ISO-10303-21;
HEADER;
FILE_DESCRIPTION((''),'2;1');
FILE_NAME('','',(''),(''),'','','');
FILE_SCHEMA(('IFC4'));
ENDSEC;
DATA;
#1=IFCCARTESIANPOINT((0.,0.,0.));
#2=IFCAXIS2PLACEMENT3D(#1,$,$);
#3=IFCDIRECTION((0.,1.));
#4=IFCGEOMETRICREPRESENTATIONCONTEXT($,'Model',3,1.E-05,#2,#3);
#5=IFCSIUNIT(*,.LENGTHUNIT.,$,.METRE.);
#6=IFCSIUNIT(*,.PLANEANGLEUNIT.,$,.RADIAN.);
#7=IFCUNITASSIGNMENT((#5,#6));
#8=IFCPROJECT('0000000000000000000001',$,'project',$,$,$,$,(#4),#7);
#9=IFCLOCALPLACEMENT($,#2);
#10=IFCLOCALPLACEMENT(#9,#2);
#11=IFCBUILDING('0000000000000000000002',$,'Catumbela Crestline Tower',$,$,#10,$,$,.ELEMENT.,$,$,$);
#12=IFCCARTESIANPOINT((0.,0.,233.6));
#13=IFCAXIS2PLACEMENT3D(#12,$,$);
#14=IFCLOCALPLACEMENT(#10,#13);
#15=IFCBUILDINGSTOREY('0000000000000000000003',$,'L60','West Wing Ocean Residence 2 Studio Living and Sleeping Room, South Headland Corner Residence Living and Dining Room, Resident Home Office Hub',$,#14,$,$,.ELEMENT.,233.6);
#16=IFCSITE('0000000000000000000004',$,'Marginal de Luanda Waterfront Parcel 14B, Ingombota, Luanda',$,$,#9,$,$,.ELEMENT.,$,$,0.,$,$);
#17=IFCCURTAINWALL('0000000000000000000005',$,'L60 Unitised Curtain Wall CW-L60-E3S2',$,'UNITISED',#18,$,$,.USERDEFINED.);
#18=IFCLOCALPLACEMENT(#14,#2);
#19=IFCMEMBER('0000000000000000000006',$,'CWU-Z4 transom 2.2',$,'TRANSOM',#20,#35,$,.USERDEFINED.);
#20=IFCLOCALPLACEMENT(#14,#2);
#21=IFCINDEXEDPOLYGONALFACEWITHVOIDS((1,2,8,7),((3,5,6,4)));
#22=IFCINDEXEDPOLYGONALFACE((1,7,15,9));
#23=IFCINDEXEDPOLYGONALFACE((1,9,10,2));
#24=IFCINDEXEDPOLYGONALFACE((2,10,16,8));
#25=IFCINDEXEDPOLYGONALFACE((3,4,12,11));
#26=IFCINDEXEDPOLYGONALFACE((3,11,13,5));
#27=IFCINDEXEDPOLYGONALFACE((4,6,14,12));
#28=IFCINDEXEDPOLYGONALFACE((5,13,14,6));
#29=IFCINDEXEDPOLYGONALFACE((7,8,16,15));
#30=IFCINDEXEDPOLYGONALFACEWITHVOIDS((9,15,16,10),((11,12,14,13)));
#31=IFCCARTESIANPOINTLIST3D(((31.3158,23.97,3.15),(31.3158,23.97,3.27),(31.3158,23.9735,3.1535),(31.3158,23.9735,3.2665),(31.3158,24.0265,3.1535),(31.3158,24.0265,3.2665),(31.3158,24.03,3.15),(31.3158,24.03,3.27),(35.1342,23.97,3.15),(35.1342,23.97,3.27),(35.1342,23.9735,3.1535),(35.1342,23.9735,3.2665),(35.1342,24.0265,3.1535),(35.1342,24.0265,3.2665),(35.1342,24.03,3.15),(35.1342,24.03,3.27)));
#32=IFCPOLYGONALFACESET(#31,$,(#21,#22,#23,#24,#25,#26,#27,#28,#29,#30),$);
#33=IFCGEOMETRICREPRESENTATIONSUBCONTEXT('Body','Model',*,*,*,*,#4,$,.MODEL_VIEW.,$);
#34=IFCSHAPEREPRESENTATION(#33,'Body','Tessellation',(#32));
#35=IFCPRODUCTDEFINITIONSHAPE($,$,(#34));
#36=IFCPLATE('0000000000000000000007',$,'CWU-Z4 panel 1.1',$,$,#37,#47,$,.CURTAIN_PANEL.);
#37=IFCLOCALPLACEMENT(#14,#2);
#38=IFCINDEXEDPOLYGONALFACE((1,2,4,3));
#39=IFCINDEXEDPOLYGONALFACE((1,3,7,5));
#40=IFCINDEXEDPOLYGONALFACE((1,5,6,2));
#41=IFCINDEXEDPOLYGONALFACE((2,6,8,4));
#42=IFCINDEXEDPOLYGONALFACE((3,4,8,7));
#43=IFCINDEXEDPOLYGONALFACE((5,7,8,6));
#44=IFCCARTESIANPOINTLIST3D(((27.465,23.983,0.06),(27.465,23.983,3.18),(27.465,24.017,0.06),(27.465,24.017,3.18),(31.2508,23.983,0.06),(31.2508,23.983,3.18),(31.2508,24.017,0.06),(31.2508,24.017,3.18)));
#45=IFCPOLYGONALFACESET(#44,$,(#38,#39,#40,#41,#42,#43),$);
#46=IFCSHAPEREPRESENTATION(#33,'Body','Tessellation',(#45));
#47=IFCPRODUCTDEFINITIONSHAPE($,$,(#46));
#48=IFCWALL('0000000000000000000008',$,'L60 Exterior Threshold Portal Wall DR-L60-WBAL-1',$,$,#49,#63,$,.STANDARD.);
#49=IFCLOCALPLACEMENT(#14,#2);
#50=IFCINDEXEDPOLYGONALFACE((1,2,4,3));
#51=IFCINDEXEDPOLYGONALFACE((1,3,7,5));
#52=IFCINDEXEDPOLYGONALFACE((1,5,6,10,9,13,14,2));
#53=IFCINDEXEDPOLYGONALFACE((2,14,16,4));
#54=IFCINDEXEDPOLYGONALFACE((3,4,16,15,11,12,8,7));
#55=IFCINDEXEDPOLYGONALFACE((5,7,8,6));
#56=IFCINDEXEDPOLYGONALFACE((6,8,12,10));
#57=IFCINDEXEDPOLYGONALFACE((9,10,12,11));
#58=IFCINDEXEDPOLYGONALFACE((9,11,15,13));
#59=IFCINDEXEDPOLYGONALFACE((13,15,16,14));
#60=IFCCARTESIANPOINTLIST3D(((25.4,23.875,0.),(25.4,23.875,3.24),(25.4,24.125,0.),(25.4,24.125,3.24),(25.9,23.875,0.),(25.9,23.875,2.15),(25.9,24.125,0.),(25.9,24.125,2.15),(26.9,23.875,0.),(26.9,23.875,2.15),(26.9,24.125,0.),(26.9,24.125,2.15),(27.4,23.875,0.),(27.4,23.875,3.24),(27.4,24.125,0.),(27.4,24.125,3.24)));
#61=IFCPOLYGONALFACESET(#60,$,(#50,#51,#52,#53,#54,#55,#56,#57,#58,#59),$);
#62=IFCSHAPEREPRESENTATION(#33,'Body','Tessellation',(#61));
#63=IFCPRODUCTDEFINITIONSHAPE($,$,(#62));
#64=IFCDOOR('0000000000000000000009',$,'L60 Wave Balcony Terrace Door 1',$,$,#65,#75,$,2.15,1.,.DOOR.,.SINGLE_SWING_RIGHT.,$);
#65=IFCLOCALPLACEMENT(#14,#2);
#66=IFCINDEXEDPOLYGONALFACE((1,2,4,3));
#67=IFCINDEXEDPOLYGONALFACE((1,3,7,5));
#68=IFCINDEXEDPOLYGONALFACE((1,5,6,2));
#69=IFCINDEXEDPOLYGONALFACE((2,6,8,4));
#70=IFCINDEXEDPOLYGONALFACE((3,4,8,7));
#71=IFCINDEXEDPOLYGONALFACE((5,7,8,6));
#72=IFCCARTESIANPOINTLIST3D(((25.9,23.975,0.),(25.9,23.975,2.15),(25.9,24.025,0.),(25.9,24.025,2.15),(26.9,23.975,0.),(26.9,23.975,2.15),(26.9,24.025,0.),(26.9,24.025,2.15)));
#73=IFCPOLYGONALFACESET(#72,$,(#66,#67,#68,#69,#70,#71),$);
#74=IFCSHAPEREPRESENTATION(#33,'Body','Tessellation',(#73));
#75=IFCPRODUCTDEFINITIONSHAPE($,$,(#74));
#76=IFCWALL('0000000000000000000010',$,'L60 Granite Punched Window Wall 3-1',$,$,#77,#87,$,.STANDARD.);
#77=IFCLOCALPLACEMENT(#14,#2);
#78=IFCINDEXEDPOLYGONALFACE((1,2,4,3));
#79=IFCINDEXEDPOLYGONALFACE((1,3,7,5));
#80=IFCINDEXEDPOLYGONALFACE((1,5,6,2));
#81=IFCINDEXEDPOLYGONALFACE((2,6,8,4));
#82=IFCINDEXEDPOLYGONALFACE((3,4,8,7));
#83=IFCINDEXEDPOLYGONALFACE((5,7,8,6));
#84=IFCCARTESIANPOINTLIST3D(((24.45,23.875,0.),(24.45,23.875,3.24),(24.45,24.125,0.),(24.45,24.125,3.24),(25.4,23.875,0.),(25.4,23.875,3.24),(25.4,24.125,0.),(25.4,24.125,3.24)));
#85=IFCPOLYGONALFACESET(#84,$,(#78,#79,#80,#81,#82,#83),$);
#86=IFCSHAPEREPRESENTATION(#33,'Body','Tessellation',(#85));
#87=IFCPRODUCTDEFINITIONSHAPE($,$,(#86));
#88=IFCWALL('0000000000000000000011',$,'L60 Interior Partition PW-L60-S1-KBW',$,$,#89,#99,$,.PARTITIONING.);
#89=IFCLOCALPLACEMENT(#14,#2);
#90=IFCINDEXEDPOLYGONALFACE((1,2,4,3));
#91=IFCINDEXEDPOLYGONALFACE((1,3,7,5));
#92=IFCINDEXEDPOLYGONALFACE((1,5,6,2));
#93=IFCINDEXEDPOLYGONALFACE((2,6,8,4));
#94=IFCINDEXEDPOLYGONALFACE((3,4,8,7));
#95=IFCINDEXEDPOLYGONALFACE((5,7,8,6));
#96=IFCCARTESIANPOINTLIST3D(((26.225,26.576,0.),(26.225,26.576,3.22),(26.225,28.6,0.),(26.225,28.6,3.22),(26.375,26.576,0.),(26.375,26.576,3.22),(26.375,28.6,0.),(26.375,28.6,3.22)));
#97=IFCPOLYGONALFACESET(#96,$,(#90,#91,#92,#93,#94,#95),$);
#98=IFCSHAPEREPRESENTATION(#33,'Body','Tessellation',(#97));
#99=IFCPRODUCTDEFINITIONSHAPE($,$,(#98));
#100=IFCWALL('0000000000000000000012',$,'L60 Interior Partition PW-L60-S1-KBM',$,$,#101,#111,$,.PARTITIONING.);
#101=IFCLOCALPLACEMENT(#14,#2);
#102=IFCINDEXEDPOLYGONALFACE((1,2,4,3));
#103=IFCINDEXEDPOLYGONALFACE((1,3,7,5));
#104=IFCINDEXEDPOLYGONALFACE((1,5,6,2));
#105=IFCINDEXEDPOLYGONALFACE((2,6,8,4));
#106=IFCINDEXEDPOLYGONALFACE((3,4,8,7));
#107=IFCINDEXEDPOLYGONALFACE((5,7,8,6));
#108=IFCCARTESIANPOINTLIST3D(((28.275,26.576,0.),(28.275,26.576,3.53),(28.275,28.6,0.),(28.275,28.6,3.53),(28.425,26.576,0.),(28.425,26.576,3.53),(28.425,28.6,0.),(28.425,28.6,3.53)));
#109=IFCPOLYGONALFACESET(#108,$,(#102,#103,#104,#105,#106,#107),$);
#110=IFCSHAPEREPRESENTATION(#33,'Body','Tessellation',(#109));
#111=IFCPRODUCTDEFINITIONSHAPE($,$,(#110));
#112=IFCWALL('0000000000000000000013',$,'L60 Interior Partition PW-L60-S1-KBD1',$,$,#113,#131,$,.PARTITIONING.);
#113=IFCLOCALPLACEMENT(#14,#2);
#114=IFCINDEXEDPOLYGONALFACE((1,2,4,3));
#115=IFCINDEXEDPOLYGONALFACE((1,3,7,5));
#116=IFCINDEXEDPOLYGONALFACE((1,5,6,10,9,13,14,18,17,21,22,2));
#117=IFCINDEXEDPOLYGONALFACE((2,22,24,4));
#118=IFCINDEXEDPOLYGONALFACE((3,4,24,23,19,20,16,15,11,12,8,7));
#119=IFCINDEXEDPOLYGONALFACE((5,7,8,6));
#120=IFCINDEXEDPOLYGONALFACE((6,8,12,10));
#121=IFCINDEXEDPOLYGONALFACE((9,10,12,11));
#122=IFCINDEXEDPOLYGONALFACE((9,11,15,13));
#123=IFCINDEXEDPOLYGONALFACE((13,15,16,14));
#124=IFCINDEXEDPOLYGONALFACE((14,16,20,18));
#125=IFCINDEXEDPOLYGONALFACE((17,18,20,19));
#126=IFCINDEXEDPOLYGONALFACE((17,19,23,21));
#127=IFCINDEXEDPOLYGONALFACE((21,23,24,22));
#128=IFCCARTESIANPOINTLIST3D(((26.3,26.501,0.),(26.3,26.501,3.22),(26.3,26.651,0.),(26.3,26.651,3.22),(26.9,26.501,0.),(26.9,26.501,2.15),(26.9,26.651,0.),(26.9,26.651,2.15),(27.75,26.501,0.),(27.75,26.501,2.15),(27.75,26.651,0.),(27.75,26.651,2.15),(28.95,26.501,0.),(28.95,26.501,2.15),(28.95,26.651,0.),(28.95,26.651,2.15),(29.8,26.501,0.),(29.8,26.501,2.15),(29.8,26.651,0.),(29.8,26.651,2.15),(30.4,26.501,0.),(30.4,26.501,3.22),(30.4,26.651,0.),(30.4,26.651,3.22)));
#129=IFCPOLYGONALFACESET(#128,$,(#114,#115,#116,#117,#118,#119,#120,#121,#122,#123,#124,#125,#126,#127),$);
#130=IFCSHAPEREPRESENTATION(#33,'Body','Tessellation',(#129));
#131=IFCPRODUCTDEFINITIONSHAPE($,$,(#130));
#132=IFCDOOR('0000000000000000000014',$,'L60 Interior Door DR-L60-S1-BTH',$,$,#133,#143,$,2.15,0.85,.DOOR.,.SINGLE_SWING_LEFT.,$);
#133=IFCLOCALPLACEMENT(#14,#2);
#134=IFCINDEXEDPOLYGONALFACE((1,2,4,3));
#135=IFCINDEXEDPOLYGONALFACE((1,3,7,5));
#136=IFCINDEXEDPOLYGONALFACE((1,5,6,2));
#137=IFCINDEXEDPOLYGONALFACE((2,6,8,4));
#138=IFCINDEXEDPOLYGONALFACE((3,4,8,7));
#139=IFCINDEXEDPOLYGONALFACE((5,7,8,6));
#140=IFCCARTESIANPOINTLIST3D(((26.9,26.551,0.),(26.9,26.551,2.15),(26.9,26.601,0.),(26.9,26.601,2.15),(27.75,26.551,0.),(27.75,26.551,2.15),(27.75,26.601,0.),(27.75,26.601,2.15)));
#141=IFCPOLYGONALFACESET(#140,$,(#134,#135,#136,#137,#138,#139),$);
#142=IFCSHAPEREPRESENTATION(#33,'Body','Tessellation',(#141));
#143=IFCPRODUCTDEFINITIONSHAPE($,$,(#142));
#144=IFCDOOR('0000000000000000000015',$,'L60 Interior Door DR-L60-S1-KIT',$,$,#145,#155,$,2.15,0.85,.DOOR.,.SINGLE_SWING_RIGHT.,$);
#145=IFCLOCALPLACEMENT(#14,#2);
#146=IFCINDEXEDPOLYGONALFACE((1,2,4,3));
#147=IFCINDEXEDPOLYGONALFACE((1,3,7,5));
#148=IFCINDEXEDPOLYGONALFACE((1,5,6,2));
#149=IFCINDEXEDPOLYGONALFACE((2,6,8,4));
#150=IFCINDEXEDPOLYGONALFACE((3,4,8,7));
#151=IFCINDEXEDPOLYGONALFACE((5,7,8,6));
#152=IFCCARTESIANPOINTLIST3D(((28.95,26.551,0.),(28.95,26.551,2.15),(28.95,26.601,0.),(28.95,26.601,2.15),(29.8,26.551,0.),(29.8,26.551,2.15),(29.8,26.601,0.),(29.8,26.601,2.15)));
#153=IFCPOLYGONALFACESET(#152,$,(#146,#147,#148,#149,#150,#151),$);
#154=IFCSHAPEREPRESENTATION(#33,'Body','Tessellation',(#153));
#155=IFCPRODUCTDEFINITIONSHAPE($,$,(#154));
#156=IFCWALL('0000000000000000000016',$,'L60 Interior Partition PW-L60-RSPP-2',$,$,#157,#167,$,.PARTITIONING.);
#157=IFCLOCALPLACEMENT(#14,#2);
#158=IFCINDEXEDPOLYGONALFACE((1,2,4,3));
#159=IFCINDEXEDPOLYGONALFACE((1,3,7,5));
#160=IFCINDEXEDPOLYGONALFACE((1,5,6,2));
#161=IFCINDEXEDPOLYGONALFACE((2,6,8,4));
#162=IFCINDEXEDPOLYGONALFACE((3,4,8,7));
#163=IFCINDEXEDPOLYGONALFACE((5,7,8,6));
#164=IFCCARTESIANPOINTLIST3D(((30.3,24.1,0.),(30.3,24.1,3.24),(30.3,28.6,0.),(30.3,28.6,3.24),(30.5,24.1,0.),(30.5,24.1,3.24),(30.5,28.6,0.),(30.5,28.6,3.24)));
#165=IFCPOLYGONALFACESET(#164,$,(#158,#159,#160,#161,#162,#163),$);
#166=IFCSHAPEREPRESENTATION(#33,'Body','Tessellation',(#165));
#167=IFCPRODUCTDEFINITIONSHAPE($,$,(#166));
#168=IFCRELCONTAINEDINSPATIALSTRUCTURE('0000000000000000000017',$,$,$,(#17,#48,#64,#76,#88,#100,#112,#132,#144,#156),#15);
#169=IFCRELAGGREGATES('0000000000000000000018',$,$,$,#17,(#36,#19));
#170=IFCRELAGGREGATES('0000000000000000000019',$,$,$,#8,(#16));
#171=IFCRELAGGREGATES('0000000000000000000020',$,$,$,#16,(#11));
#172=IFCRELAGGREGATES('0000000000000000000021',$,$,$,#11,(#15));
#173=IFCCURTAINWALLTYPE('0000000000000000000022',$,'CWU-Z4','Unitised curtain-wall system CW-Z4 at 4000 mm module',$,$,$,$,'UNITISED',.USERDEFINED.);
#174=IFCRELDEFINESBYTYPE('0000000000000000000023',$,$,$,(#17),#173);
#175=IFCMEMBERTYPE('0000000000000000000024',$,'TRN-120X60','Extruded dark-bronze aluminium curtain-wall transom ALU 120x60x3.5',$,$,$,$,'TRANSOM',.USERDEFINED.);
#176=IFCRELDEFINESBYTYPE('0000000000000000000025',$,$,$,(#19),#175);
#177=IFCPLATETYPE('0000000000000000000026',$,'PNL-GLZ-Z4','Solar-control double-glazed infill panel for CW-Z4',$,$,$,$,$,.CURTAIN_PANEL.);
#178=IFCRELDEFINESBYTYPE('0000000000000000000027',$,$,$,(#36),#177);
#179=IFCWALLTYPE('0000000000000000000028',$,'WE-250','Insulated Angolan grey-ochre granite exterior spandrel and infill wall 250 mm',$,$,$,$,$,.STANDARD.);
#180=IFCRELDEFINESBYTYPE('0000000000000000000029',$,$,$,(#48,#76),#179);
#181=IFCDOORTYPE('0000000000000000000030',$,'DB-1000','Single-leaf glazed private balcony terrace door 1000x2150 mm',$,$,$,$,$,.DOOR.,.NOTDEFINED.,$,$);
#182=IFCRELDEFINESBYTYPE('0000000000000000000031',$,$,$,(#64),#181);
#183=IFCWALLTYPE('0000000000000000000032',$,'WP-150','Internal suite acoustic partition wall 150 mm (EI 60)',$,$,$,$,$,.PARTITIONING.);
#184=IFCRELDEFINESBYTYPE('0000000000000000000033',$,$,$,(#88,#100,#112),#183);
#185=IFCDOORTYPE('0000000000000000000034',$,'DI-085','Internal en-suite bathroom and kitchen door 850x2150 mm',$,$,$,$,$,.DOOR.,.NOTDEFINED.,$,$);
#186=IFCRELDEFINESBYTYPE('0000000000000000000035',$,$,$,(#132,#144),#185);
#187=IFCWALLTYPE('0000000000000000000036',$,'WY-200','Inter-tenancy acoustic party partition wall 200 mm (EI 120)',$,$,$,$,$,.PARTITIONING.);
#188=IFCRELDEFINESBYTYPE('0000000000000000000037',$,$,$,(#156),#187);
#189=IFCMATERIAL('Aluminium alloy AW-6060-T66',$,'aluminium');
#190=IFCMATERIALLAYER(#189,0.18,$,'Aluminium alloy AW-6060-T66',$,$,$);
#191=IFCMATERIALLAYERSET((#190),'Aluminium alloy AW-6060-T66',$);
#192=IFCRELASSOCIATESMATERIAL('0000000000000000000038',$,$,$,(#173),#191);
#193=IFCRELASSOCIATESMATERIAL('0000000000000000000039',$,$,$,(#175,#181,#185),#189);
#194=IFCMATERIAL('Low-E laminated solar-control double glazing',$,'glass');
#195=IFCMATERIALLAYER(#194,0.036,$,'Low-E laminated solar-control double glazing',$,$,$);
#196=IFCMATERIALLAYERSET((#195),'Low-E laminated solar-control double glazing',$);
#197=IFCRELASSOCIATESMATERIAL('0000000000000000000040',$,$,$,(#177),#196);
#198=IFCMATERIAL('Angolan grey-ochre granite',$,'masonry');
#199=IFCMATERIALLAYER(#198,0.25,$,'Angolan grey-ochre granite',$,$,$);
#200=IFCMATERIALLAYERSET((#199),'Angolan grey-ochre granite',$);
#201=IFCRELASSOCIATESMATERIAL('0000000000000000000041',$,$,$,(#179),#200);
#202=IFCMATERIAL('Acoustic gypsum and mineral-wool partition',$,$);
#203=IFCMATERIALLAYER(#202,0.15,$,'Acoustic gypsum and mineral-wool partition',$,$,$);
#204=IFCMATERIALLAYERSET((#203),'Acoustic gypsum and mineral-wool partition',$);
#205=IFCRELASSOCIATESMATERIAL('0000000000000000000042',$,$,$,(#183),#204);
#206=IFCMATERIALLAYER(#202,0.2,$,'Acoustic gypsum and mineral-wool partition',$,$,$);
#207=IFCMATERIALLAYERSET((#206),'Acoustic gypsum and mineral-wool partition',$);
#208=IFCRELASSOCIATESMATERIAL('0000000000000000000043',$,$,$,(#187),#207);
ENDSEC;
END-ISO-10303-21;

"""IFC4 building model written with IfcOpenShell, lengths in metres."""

from ifc_helpers import new_model, si_unit, direction, frame, frame_2d, origin, origin_2d, place, context, subcontext, project, spatial, rectangle, hollow_rectangle, extrude, material, layer, layer_set, material_profile, profile_set, type_object, element, fill, aggregate, save


model = new_model("IFC4")

# Units and contexts
model_context = context("Model", 3, precision=1e-05, world=origin(), true_north=direction((0.0, 1.0)))
body_context = subcontext(model_context, "Body", "Model", "MODEL_VIEW")
ifc_project = project(units=[si_unit("LENGTHUNIT", "METRE"), si_unit("PLANEANGLEUNIT", "RADIAN")], contexts=[model_context])

# Site, building, storey
site_placement = place(None, origin())
site = spatial("IfcSite", under=ifc_project, at=site_placement, Name="Marginal de Luanda Waterfront Parcel 14B, Ingombota, Luanda", CompositionType="ELEMENT", RefElevation=0.0)
building_placement = place(site_placement, origin())
building = spatial("IfcBuilding", under=site, at=building_placement, Name="Catumbela Crestline Tower", CompositionType="ELEMENT")
storey_placement = place(building_placement, frame((0.0, 0.0, 233.6)))
storey = spatial("IfcBuildingStorey", under=building, at=storey_placement, Name="L60", Description="West Wing Ocean Residence 2 Studio Living and Sleeping Room, South Headland Corner Residence Living and Dining Room, Resident Home Office Hub", CompositionType="ELEMENT", Elevation=233.6)

# Curtain wall, member, plate
ifc_material_1 = material(Name="Aluminium alloy AW-6060-T66", Category="aluminium")
ifc_layer_1 = layer(ifc_material_1, 0.18, Name="Aluminium alloy AW-6060-T66")
ifc_layer_set_1 = layer_set([ifc_layer_1], Name="Aluminium alloy AW-6060-T66")
curtain_wall_type = type_object("IfcCurtainWallType", Name="CWU-Z4", Description="Unitised curtain-wall system CW-Z4 at 4000 mm module", ElementType="UNITISED", PredefinedType="USERDEFINED", material=ifc_layer_set_1)
curtain_wall_placement = place(storey_placement, origin())
curtain_wall = element("IfcCurtainWall", 1, at=curtain_wall_placement, inside=storey, type_object=curtain_wall_type, Name="L60 Unitised Curtain Wall CW-L60-E3S2", ObjectType="UNITISED", PredefinedType="USERDEFINED")
ifc_material_profile_1 = material_profile(ifc_material_1, hollow_rectangle(XDim=0.06, YDim=0.12, WallThickness=0.0035, at=origin_2d()), Name="ALU 120x60x3.5")
ifc_profile_set_1 = profile_set([ifc_material_profile_1], Name="Aluminium alloy AW-6060-T66")
member_type_1 = type_object("IfcMemberType", Name="TRN-120X60", Description="Extruded dark-bronze aluminium curtain-wall transom ALU 120x60x3.5", ElementType="TRANSOM", PredefinedType="USERDEFINED", material=ifc_profile_set_1)
member_1_placement = place(storey_placement, frame((31.3158, 24.0, 3.21), z_axis=(1.0, 0.0, 0.0), x_axis=(0.0, 1.0, 0.0)))
member_1 = element("IfcMember", 2, at=member_1_placement, type_object=member_type_1, Name="CWU-Z4 transom 2.2", ObjectType="TRANSOM", PredefinedType="USERDEFINED", context=body_context, shape_type="SweptSolid", body=[
    extrude(hollow_rectangle(XDim=0.06, YDim=0.12, WallThickness=0.0035, at=origin_2d()), origin(), (0.0, 0.0, 1.0), 3.8184),
])
ifc_material_2 = material(Name="Low-E laminated solar-control double glazing", Category="glass")
ifc_layer_2 = layer(ifc_material_2, 0.036, Name="Low-E laminated solar-control double glazing")
ifc_layer_set_2 = layer_set([ifc_layer_2], Name="Low-E laminated solar-control double glazing")
plate_type = type_object("IfcPlateType", Name="PNL-GLZ-Z4", Description="Solar-control double-glazed infill panel for CW-Z4", PredefinedType="CURTAIN_PANEL", material=ifc_layer_set_2)
plate_placement = place(storey_placement, frame((29.3579, 24.0, 0.06), z_axis=(0.0, 0.0, 1.0), x_axis=(1.0, 0.0, 0.0)))
plate = element("IfcPlate", 3, at=plate_placement, type_object=plate_type, Name="CWU-Z4 panel 1.1", PredefinedType="CURTAIN_PANEL", context=body_context, shape_type="SweptSolid", body=[
    extrude(rectangle(XDim=3.7858, YDim=0.034, at=origin_2d()), origin(), (0.0, 0.0, 1.0), 3.12),
])
aggregate(curtain_wall, [plate, member_1])

# Wall, opening, door
ifc_material_3 = material(Name="Angolan grey-ochre granite", Category="masonry")
ifc_layer_3 = layer(ifc_material_3, 0.25, Name="Angolan grey-ochre granite")
ifc_layer_set_3 = layer_set([ifc_layer_3], Name="Angolan grey-ochre granite")
wall_type_1 = type_object("IfcWallType", Name="WE-250", Description="Insulated Angolan grey-ochre granite exterior spandrel and infill wall 250 mm", PredefinedType="STANDARD", material=ifc_layer_set_3)
wall_1_placement = place(storey_placement, frame((25.4, 24.0, 0.0), z_axis=(0.0, 0.0, 1.0), x_axis=(1.0, 0.0, 0.0)))
wall_1 = element("IfcWall", 4, at=wall_1_placement, inside=storey, type_object=wall_type_1, Name="L60 Exterior Threshold Portal Wall DR-L60-WBAL-1", PredefinedType="STANDARD", context=body_context, shape_type="SweptSolid", body=[
    extrude(rectangle(XDim=2.0, YDim=0.25, at=frame_2d((1.0, 0.0))), origin(), (0.0, 0.0, 1.0), 3.24),
])
opening_1_placement = place(wall_1_placement, frame((0.5, 0.0, 0.0)))
opening_1 = element("IfcOpeningElement", 5, at=opening_1_placement, cuts=wall_1, PredefinedType="OPENING", context=body_context, shape_type="SweptSolid", body=[
    extrude(rectangle(XDim=1.0, YDim=2.15, at=frame_2d((0.5, 1.075))), frame((0.0, 0.135, 0.0), z_axis=(0.0, -1.0, 0.0), x_axis=(1.0, 0.0, 0.0)), (0.0, 0.0, 1.0), 0.27),
])
door_type_1 = type_object("IfcDoorType", Name="DB-1000", Description="Single-leaf glazed private balcony terrace door 1000x2150 mm", OperationType="NOTDEFINED", PredefinedType="DOOR", material=ifc_material_1)
door_1_placement = place(opening_1_placement, origin())
door_1 = element("IfcDoor", 6, at=door_1_placement, inside=storey, type_object=door_type_1, Name="L60 Wave Balcony Terrace Door 1", OperationType="SINGLE_SWING_RIGHT", OverallHeight=2.15, OverallWidth=1.0, PredefinedType="DOOR", context=body_context, shape_type="SweptSolid", body=[
    extrude(rectangle(XDim=1.0, YDim=2.15, at=frame_2d((0.5, 1.075))), frame((0.0, 0.025, 0.0), z_axis=(0.0, -1.0, 0.0), x_axis=(1.0, 0.0, 0.0)), (0.0, 0.0, 1.0), 0.05),
])
fill(opening_1, door_1)

# Walls
wall_2_placement = place(storey_placement, frame((24.45, 24.0, 0.0), z_axis=(0.0, 0.0, 1.0), x_axis=(1.0, 0.0, 0.0)))
element("IfcWall", 7, at=wall_2_placement, inside=storey, type_object=wall_type_1, Name="L60 Granite Punched Window Wall 3-1", PredefinedType="STANDARD", context=body_context, shape_type="SweptSolid", body=[
    extrude(rectangle(XDim=0.95, YDim=0.25, at=frame_2d((0.475, 0.0))), origin(), (0.0, 0.0, 1.0), 3.24),
])
ifc_material_4 = material(Name="Acoustic gypsum and mineral-wool partition")
ifc_layer_4 = layer(ifc_material_4, 0.15, Name="Acoustic gypsum and mineral-wool partition")
ifc_layer_set_4 = layer_set([ifc_layer_4], Name="Acoustic gypsum and mineral-wool partition")
wall_type_2 = type_object("IfcWallType", Name="WP-150", Description="Internal suite acoustic partition wall 150 mm (EI 60)", PredefinedType="PARTITIONING", material=ifc_layer_set_4)
wall_3_placement = place(storey_placement, frame((26.3, 26.576, 0.0), z_axis=(0.0, 0.0, 1.0), x_axis=(0.0, 1.0, 0.0)))
element("IfcWall", 8, at=wall_3_placement, inside=storey, type_object=wall_type_2, Name="L60 Interior Partition PW-L60-S1-KBW", PredefinedType="PARTITIONING", context=body_context, shape_type="SweptSolid", body=[
    extrude(rectangle(XDim=2.024, YDim=0.15, at=frame_2d((1.012, 0.0))), origin(), (0.0, 0.0, 1.0), 3.22),
])
wall_4_placement = place(storey_placement, frame((28.35, 26.576, 0.0), z_axis=(0.0, 0.0, 1.0), x_axis=(0.0, 1.0, 0.0)))
element("IfcWall", 9, at=wall_4_placement, inside=storey, type_object=wall_type_2, Name="L60 Interior Partition PW-L60-S1-KBM", PredefinedType="PARTITIONING", context=body_context, shape_type="SweptSolid", body=[
    extrude(rectangle(XDim=2.024, YDim=0.15, at=frame_2d((1.012, 0.0))), origin(), (0.0, 0.0, 1.0), 3.53),
])

# Wall, openings, doors
wall_5_placement = place(storey_placement, frame((26.3, 26.576, 0.0), z_axis=(0.0, 0.0, 1.0), x_axis=(1.0, 0.0, 0.0)))
wall_5 = element("IfcWall", 10, at=wall_5_placement, inside=storey, type_object=wall_type_2, Name="L60 Interior Partition PW-L60-S1-KBD1", PredefinedType="PARTITIONING", context=body_context, shape_type="SweptSolid", body=[
    extrude(rectangle(XDim=4.1, YDim=0.15, at=frame_2d((2.05, 0.0))), origin(), (0.0, 0.0, 1.0), 3.22),
])
opening_2_placement = place(wall_5_placement, frame((0.6, 0.0, 0.0)))
opening_2 = element("IfcOpeningElement", 11, at=opening_2_placement, cuts=wall_5, PredefinedType="OPENING", context=body_context, shape_type="SweptSolid", body=[
    extrude(rectangle(XDim=0.85, YDim=2.15, at=frame_2d((0.425, 1.075))), frame((0.0, 0.085, 0.0), z_axis=(0.0, -1.0, 0.0), x_axis=(1.0, 0.0, 0.0)), (0.0, 0.0, 1.0), 0.17),
])
opening_3_placement = place(wall_5_placement, frame((2.65, 0.0, 0.0)))
opening_3 = element("IfcOpeningElement", 12, at=opening_3_placement, cuts=wall_5, PredefinedType="OPENING", context=body_context, shape_type="SweptSolid", body=[
    extrude(rectangle(XDim=0.85, YDim=2.15, at=frame_2d((0.425, 1.075))), frame((0.0, 0.085, 0.0), z_axis=(0.0, -1.0, 0.0), x_axis=(1.0, 0.0, 0.0)), (0.0, 0.0, 1.0), 0.17),
])
door_type_2 = type_object("IfcDoorType", Name="DI-085", Description="Internal en-suite bathroom and kitchen door 850x2150 mm", OperationType="NOTDEFINED", PredefinedType="DOOR", material=ifc_material_1)
door_2_placement = place(opening_2_placement, origin())
door_2 = element("IfcDoor", 13, at=door_2_placement, inside=storey, type_object=door_type_2, Name="L60 Interior Door DR-L60-S1-BTH", OperationType="SINGLE_SWING_LEFT", OverallHeight=2.15, OverallWidth=0.85, PredefinedType="DOOR", context=body_context, shape_type="SweptSolid", body=[
    extrude(rectangle(XDim=0.85, YDim=2.15, at=frame_2d((0.425, 1.075))), frame((0.0, 0.025, 0.0), z_axis=(0.0, -1.0, 0.0), x_axis=(1.0, 0.0, 0.0)), (0.0, 0.0, 1.0), 0.05),
])
fill(opening_2, door_2)
door_3_placement = place(opening_3_placement, origin())
door_3 = element("IfcDoor", 14, at=door_3_placement, inside=storey, type_object=door_type_2, Name="L60 Interior Door DR-L60-S1-KIT", OperationType="SINGLE_SWING_RIGHT", OverallHeight=2.15, OverallWidth=0.85, PredefinedType="DOOR", context=body_context, shape_type="SweptSolid", body=[
    extrude(rectangle(XDim=0.85, YDim=2.15, at=frame_2d((0.425, 1.075))), frame((0.0, 0.025, 0.0), z_axis=(0.0, -1.0, 0.0), x_axis=(1.0, 0.0, 0.0)), (0.0, 0.0, 1.0), 0.05),
])
fill(opening_3, door_3)

# Wall
ifc_layer_5 = layer(ifc_material_4, 0.2, Name="Acoustic gypsum and mineral-wool partition")
ifc_layer_set_5 = layer_set([ifc_layer_5], Name="Acoustic gypsum and mineral-wool partition")
wall_type_3 = type_object("IfcWallType", Name="WY-200", Description="Inter-tenancy acoustic party partition wall 200 mm (EI 120)", PredefinedType="PARTITIONING", material=ifc_layer_set_5)
wall_6_placement = place(storey_placement, frame((30.4, 24.1, 0.0), z_axis=(0.0, 0.0, 1.0), x_axis=(0.0, 1.0, 0.0)))
element("IfcWall", 15, at=wall_6_placement, inside=storey, type_object=wall_type_3, Name="L60 Interior Partition PW-L60-RSPP-2", PredefinedType="PARTITIONING", context=body_context, shape_type="SweptSolid", body=[
    extrude(rectangle(XDim=4.5, YDim=0.2, at=frame_2d((2.25, 0.0))), origin(), (0.0, 0.0, 1.0), 3.24),
])

save(model, "model.ifc")
